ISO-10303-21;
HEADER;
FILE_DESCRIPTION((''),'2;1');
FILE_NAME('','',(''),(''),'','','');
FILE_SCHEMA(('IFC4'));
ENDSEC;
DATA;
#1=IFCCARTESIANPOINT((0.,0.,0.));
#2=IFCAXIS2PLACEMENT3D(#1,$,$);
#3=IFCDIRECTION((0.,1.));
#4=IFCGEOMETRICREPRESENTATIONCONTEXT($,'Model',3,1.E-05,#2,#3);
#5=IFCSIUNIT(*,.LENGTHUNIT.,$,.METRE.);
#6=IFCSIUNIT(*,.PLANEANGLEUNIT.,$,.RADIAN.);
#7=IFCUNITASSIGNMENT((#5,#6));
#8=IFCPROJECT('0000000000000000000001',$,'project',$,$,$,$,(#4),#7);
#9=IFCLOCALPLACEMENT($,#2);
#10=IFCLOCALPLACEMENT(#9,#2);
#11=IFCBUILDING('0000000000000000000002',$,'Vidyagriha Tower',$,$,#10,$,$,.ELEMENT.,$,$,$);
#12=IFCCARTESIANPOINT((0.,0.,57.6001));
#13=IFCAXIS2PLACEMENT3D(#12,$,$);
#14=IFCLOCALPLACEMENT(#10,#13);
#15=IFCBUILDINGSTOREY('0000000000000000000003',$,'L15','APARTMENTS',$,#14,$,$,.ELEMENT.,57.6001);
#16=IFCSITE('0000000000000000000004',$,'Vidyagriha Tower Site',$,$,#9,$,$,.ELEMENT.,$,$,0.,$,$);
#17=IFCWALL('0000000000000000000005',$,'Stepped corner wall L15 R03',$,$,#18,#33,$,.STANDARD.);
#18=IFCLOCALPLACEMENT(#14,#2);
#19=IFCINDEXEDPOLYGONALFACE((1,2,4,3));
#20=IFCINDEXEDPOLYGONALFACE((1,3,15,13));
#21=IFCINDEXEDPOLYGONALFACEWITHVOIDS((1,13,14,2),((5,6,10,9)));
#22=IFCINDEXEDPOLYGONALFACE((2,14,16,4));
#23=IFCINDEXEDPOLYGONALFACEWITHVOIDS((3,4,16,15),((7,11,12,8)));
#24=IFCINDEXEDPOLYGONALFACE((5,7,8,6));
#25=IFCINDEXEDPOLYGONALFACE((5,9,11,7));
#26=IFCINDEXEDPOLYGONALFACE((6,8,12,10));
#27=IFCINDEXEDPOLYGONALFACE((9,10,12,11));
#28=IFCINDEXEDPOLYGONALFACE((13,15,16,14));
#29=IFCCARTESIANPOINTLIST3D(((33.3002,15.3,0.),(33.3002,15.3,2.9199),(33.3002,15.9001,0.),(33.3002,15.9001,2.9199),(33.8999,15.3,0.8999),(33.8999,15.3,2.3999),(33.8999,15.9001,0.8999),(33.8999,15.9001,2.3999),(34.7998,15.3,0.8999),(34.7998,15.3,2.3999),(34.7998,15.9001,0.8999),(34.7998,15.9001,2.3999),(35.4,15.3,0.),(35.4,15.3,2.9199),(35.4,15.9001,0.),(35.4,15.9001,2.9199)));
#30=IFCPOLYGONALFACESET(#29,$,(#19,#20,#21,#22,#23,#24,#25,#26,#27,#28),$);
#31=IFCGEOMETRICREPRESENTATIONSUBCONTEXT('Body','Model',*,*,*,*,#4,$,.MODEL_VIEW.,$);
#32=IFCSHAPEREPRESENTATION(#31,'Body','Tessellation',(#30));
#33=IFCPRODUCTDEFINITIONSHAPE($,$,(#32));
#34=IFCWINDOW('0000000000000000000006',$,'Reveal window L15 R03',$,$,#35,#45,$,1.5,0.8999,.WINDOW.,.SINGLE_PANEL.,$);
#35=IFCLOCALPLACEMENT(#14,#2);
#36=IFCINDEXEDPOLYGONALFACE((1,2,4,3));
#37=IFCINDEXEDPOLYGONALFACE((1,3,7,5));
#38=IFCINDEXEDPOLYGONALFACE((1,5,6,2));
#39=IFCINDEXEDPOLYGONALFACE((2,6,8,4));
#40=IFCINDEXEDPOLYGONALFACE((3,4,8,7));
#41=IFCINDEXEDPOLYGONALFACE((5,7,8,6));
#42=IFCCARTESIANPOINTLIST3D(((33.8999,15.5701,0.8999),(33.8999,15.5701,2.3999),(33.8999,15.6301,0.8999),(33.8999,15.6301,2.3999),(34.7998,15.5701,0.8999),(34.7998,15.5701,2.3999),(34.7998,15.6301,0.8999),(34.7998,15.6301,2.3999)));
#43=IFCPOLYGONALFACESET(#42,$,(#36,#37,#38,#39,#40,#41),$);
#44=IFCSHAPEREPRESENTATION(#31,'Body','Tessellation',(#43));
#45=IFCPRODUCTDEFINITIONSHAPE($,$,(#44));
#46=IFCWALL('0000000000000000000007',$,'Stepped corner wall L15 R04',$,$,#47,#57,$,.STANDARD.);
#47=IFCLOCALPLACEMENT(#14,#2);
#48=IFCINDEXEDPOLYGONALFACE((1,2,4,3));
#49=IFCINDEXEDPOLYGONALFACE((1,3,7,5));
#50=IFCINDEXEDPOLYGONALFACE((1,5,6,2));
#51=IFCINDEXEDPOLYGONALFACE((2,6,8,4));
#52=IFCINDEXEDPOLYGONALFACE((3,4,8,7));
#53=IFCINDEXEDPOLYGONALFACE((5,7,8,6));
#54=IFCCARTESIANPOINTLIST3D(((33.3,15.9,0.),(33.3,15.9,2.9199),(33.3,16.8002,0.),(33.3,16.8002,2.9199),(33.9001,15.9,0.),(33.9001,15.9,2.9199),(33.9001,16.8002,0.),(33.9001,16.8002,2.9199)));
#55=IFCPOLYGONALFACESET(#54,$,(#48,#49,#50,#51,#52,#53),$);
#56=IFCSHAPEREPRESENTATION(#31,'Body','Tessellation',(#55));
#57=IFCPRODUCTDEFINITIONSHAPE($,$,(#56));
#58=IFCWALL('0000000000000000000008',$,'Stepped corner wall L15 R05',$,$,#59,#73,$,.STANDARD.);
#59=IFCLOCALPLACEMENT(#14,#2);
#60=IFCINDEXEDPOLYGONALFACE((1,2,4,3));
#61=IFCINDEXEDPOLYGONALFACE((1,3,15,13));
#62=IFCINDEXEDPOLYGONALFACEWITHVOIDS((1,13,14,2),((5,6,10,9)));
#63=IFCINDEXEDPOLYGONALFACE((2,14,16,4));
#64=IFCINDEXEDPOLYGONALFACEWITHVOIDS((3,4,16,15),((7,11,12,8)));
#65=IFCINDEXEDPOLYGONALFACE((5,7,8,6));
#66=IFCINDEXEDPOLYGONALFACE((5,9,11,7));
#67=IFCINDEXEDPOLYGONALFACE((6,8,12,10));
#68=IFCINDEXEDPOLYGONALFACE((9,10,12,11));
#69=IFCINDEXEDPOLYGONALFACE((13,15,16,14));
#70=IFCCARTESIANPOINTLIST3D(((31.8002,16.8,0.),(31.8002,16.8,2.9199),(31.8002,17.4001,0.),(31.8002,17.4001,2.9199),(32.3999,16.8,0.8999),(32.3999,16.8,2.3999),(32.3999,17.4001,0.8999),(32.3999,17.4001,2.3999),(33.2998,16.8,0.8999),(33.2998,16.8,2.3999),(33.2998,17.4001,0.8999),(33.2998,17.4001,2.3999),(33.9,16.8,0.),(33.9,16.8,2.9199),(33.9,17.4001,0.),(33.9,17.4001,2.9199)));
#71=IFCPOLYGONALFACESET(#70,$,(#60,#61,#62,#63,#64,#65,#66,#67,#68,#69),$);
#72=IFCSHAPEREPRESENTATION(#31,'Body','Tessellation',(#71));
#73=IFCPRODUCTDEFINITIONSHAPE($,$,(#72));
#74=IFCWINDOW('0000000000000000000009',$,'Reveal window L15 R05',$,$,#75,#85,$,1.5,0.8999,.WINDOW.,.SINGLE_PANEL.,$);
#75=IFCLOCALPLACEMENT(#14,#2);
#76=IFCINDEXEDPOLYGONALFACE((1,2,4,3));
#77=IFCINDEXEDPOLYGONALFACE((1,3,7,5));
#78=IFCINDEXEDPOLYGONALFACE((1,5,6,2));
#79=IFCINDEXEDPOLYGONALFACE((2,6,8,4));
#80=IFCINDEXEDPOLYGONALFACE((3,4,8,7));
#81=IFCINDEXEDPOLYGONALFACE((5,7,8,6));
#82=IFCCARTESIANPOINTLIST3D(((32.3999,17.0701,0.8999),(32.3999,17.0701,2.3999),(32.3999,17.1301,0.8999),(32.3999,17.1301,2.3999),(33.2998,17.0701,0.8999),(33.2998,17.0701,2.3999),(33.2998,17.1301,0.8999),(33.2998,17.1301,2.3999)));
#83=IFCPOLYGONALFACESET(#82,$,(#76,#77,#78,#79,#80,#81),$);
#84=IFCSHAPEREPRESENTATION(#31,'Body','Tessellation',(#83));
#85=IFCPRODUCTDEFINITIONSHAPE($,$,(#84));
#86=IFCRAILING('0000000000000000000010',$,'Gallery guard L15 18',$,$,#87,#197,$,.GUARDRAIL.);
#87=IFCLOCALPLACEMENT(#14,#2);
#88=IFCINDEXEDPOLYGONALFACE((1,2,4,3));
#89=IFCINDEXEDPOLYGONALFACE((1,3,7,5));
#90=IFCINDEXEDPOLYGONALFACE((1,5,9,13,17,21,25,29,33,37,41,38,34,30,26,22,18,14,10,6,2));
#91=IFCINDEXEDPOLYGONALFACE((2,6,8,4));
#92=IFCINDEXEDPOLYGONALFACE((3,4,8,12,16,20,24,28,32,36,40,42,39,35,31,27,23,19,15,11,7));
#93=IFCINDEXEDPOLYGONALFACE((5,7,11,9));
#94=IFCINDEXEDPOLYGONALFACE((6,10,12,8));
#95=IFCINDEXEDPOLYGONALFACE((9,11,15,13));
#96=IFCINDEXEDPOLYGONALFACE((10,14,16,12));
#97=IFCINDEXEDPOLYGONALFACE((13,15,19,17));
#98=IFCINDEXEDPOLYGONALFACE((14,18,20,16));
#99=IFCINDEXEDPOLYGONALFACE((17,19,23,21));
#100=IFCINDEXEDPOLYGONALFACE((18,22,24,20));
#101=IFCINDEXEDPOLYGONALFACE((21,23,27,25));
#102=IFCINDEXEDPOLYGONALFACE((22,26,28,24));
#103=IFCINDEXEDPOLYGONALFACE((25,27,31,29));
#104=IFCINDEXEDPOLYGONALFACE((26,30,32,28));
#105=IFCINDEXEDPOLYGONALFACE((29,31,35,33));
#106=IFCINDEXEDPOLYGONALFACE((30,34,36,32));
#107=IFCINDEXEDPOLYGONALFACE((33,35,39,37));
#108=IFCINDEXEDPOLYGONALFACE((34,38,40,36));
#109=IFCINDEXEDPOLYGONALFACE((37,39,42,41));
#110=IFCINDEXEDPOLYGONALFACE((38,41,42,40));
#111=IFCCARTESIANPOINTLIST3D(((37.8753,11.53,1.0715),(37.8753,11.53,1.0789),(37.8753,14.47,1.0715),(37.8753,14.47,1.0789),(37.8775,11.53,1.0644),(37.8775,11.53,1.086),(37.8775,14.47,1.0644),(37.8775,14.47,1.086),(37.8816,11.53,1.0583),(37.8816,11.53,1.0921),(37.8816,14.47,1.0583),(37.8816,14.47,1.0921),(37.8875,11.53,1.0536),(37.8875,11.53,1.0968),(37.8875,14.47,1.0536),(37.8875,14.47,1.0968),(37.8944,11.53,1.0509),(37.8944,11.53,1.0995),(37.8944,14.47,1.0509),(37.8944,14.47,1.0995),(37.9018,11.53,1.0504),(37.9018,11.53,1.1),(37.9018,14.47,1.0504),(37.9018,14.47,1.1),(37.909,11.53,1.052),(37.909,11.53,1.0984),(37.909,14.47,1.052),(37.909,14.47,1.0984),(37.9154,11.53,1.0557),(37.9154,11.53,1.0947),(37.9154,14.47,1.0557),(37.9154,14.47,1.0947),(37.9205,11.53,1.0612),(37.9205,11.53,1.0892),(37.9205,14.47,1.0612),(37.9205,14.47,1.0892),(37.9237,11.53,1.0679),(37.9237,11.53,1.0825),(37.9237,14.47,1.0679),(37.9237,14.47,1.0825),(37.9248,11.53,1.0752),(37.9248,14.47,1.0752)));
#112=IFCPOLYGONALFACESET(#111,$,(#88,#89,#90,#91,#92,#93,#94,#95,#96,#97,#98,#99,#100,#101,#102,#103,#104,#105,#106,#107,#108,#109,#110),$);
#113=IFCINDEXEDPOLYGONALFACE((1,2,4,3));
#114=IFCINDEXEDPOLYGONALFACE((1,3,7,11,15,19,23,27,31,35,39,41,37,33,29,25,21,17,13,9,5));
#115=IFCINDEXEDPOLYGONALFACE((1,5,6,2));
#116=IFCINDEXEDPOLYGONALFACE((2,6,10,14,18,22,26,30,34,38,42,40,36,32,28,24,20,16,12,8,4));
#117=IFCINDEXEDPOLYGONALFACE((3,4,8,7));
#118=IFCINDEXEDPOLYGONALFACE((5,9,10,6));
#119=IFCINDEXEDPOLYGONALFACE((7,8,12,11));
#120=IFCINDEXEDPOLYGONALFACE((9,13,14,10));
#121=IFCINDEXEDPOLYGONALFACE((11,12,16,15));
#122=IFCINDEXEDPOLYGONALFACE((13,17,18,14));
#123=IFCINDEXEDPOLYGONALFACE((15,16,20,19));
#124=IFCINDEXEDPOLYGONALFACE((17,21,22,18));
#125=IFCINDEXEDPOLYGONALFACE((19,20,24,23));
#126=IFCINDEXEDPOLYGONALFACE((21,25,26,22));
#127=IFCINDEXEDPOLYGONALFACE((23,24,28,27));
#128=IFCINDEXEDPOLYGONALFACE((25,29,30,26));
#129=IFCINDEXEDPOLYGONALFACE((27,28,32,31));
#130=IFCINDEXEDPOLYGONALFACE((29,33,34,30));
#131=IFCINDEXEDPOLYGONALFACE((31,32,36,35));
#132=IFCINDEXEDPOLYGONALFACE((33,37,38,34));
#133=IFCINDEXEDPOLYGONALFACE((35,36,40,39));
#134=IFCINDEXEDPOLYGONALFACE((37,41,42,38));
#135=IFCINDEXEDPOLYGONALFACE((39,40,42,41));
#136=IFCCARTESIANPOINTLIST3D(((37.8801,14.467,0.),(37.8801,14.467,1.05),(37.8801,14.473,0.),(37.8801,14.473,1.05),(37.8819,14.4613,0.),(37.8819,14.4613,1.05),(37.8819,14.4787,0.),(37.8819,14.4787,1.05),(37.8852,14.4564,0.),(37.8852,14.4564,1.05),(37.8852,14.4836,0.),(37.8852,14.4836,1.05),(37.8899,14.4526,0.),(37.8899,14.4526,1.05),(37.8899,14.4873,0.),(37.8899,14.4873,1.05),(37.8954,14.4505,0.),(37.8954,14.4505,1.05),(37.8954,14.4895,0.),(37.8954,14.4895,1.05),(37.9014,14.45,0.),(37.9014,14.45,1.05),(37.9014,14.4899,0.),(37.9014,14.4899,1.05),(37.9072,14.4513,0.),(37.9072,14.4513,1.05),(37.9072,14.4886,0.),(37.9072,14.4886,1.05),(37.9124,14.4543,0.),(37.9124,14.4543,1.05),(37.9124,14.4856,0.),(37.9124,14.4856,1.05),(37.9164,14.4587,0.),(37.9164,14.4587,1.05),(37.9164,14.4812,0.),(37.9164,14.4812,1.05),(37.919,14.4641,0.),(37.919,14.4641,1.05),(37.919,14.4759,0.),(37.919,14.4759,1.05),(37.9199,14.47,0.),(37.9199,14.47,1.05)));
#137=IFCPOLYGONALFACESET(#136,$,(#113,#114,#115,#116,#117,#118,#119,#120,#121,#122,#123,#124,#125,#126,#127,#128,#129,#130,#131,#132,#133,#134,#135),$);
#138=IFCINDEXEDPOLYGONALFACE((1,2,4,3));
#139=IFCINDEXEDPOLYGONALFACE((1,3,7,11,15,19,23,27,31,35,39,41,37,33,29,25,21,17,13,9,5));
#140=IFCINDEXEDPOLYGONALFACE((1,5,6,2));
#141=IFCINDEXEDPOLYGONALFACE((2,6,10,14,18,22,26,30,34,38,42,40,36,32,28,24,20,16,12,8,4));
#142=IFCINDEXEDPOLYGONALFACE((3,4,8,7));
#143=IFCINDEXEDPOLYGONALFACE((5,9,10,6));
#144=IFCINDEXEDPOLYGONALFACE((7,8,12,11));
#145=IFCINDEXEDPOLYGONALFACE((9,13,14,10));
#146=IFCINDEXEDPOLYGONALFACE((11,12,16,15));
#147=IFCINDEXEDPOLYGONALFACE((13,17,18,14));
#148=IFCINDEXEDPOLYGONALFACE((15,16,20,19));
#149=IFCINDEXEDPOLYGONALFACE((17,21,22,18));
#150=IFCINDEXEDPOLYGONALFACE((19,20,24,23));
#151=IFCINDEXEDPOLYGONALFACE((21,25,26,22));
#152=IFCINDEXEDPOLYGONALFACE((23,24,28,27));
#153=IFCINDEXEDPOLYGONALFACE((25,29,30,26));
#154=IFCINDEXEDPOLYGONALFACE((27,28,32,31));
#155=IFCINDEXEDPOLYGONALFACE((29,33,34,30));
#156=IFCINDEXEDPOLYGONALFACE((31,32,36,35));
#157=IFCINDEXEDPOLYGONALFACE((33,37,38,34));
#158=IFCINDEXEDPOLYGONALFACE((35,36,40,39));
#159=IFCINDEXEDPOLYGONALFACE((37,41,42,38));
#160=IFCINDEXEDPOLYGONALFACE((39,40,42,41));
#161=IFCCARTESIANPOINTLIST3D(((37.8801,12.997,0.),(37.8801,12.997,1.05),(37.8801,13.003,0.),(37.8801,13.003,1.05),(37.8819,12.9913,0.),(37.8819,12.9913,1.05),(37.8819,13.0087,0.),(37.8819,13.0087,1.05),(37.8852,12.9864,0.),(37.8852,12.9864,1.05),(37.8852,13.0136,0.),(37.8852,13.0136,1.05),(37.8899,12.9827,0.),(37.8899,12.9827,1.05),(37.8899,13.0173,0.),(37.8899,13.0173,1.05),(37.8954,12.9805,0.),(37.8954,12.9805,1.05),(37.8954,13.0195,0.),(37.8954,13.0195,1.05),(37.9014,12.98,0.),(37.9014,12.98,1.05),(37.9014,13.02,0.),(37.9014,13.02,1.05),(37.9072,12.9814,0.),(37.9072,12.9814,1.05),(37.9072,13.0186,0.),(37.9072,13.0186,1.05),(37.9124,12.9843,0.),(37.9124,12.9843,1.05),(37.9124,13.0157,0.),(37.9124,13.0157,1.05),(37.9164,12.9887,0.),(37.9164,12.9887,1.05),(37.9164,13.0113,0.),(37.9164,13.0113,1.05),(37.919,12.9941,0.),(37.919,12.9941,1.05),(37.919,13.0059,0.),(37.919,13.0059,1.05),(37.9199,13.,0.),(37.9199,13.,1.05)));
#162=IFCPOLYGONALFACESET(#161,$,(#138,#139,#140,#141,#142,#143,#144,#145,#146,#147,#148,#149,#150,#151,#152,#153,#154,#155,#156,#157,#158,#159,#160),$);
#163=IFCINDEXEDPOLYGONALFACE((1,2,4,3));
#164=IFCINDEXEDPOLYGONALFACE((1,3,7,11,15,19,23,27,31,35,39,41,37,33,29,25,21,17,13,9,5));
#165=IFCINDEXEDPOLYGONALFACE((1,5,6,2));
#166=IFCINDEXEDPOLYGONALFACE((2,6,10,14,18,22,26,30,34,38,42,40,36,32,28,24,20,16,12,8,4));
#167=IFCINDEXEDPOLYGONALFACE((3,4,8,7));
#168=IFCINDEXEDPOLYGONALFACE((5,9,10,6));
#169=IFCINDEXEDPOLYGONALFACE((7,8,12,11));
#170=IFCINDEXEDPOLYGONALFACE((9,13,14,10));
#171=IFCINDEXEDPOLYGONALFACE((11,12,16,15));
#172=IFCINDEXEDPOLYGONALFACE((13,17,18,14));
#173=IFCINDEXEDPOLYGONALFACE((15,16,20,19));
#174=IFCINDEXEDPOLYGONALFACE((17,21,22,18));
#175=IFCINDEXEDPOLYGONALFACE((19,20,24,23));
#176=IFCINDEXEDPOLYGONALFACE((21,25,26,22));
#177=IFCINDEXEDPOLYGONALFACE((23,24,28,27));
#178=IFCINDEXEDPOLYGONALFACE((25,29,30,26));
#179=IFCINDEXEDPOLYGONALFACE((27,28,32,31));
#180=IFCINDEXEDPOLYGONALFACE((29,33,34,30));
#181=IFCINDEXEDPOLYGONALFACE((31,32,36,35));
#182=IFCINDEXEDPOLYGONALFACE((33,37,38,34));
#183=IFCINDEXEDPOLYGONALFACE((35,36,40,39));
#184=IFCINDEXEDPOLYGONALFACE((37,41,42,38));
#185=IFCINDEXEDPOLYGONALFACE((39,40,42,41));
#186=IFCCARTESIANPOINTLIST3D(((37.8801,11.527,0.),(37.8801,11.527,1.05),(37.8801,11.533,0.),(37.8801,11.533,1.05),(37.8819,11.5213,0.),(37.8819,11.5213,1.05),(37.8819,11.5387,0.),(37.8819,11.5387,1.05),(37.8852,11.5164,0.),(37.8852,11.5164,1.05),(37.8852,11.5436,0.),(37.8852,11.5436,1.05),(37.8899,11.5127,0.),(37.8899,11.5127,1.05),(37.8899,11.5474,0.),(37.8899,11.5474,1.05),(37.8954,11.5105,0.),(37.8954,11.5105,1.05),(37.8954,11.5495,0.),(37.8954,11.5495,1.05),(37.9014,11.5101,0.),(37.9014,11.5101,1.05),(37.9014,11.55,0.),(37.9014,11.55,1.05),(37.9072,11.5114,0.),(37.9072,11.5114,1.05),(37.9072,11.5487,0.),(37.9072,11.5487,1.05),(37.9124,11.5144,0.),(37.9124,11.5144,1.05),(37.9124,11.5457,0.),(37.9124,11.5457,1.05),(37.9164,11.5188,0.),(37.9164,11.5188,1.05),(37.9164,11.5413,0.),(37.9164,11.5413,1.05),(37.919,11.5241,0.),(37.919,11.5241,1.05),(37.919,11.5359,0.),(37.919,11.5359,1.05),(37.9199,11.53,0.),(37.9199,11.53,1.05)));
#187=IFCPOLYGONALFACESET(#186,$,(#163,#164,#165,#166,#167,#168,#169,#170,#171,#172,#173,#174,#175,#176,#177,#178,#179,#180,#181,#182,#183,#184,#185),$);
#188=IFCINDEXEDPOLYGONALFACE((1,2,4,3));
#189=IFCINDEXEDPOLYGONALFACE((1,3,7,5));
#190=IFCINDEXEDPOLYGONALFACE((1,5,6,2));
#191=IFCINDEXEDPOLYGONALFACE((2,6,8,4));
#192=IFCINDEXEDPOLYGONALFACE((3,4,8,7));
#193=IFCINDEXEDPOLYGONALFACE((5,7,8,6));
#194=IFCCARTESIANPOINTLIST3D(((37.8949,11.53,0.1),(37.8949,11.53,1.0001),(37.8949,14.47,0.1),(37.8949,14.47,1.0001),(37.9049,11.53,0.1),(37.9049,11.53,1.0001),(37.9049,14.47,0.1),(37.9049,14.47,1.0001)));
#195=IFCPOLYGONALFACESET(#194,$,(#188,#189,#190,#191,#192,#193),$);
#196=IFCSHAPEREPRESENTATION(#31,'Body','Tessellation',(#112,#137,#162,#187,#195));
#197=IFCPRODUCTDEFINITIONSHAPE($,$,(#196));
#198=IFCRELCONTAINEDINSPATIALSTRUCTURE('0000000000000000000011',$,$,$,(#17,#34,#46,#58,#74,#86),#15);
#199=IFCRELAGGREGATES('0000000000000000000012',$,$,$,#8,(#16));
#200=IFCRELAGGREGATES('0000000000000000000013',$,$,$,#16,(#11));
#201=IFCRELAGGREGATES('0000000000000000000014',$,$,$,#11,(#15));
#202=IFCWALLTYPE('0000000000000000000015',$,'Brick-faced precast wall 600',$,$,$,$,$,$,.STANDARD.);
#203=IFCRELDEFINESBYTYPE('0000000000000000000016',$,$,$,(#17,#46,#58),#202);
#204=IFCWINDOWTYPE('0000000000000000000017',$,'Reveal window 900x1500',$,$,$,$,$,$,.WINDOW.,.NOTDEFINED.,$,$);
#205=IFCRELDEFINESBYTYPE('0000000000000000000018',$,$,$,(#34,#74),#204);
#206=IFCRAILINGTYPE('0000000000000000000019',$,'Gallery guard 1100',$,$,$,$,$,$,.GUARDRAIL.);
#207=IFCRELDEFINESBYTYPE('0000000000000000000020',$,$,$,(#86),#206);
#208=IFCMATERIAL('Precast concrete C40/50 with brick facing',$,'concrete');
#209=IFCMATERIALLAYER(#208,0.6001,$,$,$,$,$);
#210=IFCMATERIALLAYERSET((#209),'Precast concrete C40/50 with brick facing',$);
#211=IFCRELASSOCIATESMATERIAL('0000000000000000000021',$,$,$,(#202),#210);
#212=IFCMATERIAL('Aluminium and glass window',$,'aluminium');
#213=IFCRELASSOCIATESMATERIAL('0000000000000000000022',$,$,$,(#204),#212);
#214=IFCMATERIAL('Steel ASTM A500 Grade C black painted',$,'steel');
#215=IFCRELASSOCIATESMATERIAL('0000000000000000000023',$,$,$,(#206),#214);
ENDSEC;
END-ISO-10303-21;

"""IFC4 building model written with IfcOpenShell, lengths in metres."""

from ifc_helpers import new_model, si_unit, direction, frame, frame_2d, origin, origin_2d, place, context, subcontext, project, spatial, rectangle, circle, extrude, material, layer, layer_set, type_object, element, fill, save


model = new_model("IFC4")

# Units and contexts
model_context = context("Model", 3, precision=1e-05, world=origin(), true_north=direction((0.0, 1.0)))
body_context = subcontext(model_context, "Body", "Model", "MODEL_VIEW")
ifc_project = project(units=[si_unit("LENGTHUNIT", "METRE"), si_unit("PLANEANGLEUNIT", "RADIAN")], contexts=[model_context])

# Site, building, storey
site_placement = place(None, origin())
site = spatial("IfcSite", under=ifc_project, at=site_placement, Name="Vidyagriha Tower Site", CompositionType="ELEMENT", RefElevation=0.0)
building_placement = place(site_placement, origin())
building = spatial("IfcBuilding", under=site, at=building_placement, Name="Vidyagriha Tower", CompositionType="ELEMENT")
storey_placement = place(building_placement, frame((0.0, 0.0, 57.6001)))
storey = spatial("IfcBuildingStorey", under=building, at=storey_placement, Name="L15", Description="APARTMENTS", CompositionType="ELEMENT", Elevation=57.6001)

# Shared definitions
ifc_material_1 = material(Name="Precast concrete C40/50 with brick facing", Category="concrete")
ifc_layer_1 = layer(ifc_material_1, 0.6001)
ifc_layer_set_1 = layer_set([ifc_layer_1], Name="Precast concrete C40/50 with brick facing")
wall_type = type_object("IfcWallType", Name="Brick-faced precast wall 600", PredefinedType="STANDARD", material=ifc_layer_set_1)
ifc_material_2 = material(Name="Aluminium and glass window", Category="aluminium")
window_type = type_object("IfcWindowType", Name="Reveal window 900x1500", PartitioningType="NOTDEFINED", PredefinedType="WINDOW", material=ifc_material_2)

# Wall, opening, window
wall_1_placement = place(storey_placement, frame((35.3999, 15.6001, 0.0), z_axis=(0.0, 0.0, 1.0), x_axis=(-1.0, 0.0, 0.0)))
wall_1 = element("IfcWall", 1, at=wall_1_placement, inside=storey, type_object=wall_type, Name="Stepped corner wall L15 R03", PredefinedType="STANDARD", context=body_context, shape_type="SweptSolid", body=[
    extrude(rectangle(XDim=2.0999, YDim=0.6001, at=frame_2d((1.0498, 0.0))), origin(), (0.0, 0.0, 1.0), 2.9199),
])
opening_1_placement = place(wall_1_placement, frame((0.6001, 0.0, 0.8999)))
opening_1 = element("IfcOpeningElement", 2, at=opening_1_placement, cuts=wall_1, PredefinedType="OPENING", context=body_context, shape_type="SweptSolid", body=[
    extrude(rectangle(XDim=0.8999, YDim=1.5, at=frame_2d((0.45, 0.75))), frame((0.0, 0.3101, 0.0), z_axis=(0.0, -1.0, 0.0), x_axis=(1.0, 0.0, 0.0)), (0.0, 0.0, 1.0), 0.6201),
])
window_1_placement = place(opening_1_placement, origin())
window_1 = element("IfcWindow", 3, at=window_1_placement, inside=storey, type_object=window_type, Name="Reveal window L15 R03", OverallHeight=1.5, OverallWidth=0.8999, PartitioningType="SINGLE_PANEL", PredefinedType="WINDOW", context=body_context, shape_type="SweptSolid", body=[
    extrude(rectangle(XDim=0.8999, YDim=1.5, at=frame_2d((0.45, 0.75))), frame((0.0, 0.03, 0.0), z_axis=(0.0, -1.0, 0.0), x_axis=(1.0, 0.0, 0.0)), (0.0, 0.0, 1.0), 0.0601),
])
fill(opening_1, window_1)

# Wall
wall_2_placement = place(storey_placement, frame((33.6001, 15.8999, 0.0), z_axis=(0.0, 0.0, 1.0), x_axis=(0.0, 1.0, 0.0)))
element("IfcWall", 4, at=wall_2_placement, inside=storey, type_object=wall_type, Name="Stepped corner wall L15 R04", PredefinedType="STANDARD", context=body_context, shape_type="SweptSolid", body=[
    extrude(rectangle(XDim=0.9001, YDim=0.6001, at=frame_2d((0.4502, 0.0))), origin(), (0.0, 0.0, 1.0), 2.9199),
])

# Wall, opening, window
wall_3_placement = place(storey_placement, frame((33.8999, 17.1001, 0.0), z_axis=(0.0, 0.0, 1.0), x_axis=(-1.0, 0.0, 0.0)))
wall_3 = element("IfcWall", 5, at=wall_3_placement, inside=storey, type_object=wall_type, Name="Stepped corner wall L15 R05", PredefinedType="STANDARD", context=body_context, shape_type="SweptSolid", body=[
    extrude(rectangle(XDim=2.0999, YDim=0.6001, at=frame_2d((1.0498, 0.0))), origin(), (0.0, 0.0, 1.0), 2.9199),
])
opening_2_placement = place(wall_3_placement, frame((0.6001, 0.0, 0.8999)))
opening_2 = element("IfcOpeningElement", 6, at=opening_2_placement, cuts=wall_3, PredefinedType="OPENING", context=body_context, shape_type="SweptSolid", body=[
    extrude(rectangle(XDim=0.8999, YDim=1.5, at=frame_2d((0.45, 0.75))), frame((0.0, 0.3101, 0.0), z_axis=(0.0, -1.0, 0.0), x_axis=(1.0, 0.0, 0.0)), (0.0, 0.0, 1.0), 0.6201),
])
window_2_placement = place(opening_2_placement, origin())
window_2 = element("IfcWindow", 7, at=window_2_placement, inside=storey, type_object=window_type, Name="Reveal window L15 R05", OverallHeight=1.5, OverallWidth=0.8999, PartitioningType="SINGLE_PANEL", PredefinedType="WINDOW", context=body_context, shape_type="SweptSolid", body=[
    extrude(rectangle(XDim=0.8999, YDim=1.5, at=frame_2d((0.45, 0.75))), frame((0.0, 0.03, 0.0), z_axis=(0.0, -1.0, 0.0), x_axis=(1.0, 0.0, 0.0)), (0.0, 0.0, 1.0), 0.0601),
])
fill(opening_2, window_2)

# Railing
ifc_material_3 = material(Name="Steel ASTM A500 Grade C black painted", Category="steel")
railing_type = type_object("IfcRailingType", Name="Gallery guard 1100", PredefinedType="GUARDRAIL", material=ifc_material_3)
railing_placement = place(storey_placement, frame((37.8999, 14.47, 0.0)))
element("IfcRailing", 8, at=railing_placement, inside=storey, type_object=railing_type, Name="Gallery guard L15 18", PredefinedType="GUARDRAIL", context=body_context, shape_type="SweptSolid", body=[
    extrude(circle(Radius=0.0249, at=origin_2d()), frame((0.0, 0.0, 1.0752), z_axis=(0.0, -1.0, 0.0), x_axis=(1.0, 0.0, 0.0)), (0.0, 0.0, 1.0), 2.9399),
    extrude(circle(Radius=0.02, at=origin_2d()), origin(), (0.0, 0.0, 1.0), 1.05),
    extrude(circle(Radius=0.02, at=origin_2d()), frame((0.0, -1.47, 0.0)), (0.0, 0.0, 1.0), 1.05),
    extrude(circle(Radius=0.02, at=origin_2d()), frame((0.0, -2.9399, 0.0)), (0.0, 0.0, 1.0), 1.05),
    extrude(rectangle(XDim=0.01, YDim=0.9001, at=origin_2d()), frame((0.0, 0.0, 0.55), z_axis=(0.0, -1.0, 0.0), x_axis=(1.0, 0.0, 0.0)), (0.0, 0.0, 1.0), 2.9399),
])

save(model, "model.ifc")
